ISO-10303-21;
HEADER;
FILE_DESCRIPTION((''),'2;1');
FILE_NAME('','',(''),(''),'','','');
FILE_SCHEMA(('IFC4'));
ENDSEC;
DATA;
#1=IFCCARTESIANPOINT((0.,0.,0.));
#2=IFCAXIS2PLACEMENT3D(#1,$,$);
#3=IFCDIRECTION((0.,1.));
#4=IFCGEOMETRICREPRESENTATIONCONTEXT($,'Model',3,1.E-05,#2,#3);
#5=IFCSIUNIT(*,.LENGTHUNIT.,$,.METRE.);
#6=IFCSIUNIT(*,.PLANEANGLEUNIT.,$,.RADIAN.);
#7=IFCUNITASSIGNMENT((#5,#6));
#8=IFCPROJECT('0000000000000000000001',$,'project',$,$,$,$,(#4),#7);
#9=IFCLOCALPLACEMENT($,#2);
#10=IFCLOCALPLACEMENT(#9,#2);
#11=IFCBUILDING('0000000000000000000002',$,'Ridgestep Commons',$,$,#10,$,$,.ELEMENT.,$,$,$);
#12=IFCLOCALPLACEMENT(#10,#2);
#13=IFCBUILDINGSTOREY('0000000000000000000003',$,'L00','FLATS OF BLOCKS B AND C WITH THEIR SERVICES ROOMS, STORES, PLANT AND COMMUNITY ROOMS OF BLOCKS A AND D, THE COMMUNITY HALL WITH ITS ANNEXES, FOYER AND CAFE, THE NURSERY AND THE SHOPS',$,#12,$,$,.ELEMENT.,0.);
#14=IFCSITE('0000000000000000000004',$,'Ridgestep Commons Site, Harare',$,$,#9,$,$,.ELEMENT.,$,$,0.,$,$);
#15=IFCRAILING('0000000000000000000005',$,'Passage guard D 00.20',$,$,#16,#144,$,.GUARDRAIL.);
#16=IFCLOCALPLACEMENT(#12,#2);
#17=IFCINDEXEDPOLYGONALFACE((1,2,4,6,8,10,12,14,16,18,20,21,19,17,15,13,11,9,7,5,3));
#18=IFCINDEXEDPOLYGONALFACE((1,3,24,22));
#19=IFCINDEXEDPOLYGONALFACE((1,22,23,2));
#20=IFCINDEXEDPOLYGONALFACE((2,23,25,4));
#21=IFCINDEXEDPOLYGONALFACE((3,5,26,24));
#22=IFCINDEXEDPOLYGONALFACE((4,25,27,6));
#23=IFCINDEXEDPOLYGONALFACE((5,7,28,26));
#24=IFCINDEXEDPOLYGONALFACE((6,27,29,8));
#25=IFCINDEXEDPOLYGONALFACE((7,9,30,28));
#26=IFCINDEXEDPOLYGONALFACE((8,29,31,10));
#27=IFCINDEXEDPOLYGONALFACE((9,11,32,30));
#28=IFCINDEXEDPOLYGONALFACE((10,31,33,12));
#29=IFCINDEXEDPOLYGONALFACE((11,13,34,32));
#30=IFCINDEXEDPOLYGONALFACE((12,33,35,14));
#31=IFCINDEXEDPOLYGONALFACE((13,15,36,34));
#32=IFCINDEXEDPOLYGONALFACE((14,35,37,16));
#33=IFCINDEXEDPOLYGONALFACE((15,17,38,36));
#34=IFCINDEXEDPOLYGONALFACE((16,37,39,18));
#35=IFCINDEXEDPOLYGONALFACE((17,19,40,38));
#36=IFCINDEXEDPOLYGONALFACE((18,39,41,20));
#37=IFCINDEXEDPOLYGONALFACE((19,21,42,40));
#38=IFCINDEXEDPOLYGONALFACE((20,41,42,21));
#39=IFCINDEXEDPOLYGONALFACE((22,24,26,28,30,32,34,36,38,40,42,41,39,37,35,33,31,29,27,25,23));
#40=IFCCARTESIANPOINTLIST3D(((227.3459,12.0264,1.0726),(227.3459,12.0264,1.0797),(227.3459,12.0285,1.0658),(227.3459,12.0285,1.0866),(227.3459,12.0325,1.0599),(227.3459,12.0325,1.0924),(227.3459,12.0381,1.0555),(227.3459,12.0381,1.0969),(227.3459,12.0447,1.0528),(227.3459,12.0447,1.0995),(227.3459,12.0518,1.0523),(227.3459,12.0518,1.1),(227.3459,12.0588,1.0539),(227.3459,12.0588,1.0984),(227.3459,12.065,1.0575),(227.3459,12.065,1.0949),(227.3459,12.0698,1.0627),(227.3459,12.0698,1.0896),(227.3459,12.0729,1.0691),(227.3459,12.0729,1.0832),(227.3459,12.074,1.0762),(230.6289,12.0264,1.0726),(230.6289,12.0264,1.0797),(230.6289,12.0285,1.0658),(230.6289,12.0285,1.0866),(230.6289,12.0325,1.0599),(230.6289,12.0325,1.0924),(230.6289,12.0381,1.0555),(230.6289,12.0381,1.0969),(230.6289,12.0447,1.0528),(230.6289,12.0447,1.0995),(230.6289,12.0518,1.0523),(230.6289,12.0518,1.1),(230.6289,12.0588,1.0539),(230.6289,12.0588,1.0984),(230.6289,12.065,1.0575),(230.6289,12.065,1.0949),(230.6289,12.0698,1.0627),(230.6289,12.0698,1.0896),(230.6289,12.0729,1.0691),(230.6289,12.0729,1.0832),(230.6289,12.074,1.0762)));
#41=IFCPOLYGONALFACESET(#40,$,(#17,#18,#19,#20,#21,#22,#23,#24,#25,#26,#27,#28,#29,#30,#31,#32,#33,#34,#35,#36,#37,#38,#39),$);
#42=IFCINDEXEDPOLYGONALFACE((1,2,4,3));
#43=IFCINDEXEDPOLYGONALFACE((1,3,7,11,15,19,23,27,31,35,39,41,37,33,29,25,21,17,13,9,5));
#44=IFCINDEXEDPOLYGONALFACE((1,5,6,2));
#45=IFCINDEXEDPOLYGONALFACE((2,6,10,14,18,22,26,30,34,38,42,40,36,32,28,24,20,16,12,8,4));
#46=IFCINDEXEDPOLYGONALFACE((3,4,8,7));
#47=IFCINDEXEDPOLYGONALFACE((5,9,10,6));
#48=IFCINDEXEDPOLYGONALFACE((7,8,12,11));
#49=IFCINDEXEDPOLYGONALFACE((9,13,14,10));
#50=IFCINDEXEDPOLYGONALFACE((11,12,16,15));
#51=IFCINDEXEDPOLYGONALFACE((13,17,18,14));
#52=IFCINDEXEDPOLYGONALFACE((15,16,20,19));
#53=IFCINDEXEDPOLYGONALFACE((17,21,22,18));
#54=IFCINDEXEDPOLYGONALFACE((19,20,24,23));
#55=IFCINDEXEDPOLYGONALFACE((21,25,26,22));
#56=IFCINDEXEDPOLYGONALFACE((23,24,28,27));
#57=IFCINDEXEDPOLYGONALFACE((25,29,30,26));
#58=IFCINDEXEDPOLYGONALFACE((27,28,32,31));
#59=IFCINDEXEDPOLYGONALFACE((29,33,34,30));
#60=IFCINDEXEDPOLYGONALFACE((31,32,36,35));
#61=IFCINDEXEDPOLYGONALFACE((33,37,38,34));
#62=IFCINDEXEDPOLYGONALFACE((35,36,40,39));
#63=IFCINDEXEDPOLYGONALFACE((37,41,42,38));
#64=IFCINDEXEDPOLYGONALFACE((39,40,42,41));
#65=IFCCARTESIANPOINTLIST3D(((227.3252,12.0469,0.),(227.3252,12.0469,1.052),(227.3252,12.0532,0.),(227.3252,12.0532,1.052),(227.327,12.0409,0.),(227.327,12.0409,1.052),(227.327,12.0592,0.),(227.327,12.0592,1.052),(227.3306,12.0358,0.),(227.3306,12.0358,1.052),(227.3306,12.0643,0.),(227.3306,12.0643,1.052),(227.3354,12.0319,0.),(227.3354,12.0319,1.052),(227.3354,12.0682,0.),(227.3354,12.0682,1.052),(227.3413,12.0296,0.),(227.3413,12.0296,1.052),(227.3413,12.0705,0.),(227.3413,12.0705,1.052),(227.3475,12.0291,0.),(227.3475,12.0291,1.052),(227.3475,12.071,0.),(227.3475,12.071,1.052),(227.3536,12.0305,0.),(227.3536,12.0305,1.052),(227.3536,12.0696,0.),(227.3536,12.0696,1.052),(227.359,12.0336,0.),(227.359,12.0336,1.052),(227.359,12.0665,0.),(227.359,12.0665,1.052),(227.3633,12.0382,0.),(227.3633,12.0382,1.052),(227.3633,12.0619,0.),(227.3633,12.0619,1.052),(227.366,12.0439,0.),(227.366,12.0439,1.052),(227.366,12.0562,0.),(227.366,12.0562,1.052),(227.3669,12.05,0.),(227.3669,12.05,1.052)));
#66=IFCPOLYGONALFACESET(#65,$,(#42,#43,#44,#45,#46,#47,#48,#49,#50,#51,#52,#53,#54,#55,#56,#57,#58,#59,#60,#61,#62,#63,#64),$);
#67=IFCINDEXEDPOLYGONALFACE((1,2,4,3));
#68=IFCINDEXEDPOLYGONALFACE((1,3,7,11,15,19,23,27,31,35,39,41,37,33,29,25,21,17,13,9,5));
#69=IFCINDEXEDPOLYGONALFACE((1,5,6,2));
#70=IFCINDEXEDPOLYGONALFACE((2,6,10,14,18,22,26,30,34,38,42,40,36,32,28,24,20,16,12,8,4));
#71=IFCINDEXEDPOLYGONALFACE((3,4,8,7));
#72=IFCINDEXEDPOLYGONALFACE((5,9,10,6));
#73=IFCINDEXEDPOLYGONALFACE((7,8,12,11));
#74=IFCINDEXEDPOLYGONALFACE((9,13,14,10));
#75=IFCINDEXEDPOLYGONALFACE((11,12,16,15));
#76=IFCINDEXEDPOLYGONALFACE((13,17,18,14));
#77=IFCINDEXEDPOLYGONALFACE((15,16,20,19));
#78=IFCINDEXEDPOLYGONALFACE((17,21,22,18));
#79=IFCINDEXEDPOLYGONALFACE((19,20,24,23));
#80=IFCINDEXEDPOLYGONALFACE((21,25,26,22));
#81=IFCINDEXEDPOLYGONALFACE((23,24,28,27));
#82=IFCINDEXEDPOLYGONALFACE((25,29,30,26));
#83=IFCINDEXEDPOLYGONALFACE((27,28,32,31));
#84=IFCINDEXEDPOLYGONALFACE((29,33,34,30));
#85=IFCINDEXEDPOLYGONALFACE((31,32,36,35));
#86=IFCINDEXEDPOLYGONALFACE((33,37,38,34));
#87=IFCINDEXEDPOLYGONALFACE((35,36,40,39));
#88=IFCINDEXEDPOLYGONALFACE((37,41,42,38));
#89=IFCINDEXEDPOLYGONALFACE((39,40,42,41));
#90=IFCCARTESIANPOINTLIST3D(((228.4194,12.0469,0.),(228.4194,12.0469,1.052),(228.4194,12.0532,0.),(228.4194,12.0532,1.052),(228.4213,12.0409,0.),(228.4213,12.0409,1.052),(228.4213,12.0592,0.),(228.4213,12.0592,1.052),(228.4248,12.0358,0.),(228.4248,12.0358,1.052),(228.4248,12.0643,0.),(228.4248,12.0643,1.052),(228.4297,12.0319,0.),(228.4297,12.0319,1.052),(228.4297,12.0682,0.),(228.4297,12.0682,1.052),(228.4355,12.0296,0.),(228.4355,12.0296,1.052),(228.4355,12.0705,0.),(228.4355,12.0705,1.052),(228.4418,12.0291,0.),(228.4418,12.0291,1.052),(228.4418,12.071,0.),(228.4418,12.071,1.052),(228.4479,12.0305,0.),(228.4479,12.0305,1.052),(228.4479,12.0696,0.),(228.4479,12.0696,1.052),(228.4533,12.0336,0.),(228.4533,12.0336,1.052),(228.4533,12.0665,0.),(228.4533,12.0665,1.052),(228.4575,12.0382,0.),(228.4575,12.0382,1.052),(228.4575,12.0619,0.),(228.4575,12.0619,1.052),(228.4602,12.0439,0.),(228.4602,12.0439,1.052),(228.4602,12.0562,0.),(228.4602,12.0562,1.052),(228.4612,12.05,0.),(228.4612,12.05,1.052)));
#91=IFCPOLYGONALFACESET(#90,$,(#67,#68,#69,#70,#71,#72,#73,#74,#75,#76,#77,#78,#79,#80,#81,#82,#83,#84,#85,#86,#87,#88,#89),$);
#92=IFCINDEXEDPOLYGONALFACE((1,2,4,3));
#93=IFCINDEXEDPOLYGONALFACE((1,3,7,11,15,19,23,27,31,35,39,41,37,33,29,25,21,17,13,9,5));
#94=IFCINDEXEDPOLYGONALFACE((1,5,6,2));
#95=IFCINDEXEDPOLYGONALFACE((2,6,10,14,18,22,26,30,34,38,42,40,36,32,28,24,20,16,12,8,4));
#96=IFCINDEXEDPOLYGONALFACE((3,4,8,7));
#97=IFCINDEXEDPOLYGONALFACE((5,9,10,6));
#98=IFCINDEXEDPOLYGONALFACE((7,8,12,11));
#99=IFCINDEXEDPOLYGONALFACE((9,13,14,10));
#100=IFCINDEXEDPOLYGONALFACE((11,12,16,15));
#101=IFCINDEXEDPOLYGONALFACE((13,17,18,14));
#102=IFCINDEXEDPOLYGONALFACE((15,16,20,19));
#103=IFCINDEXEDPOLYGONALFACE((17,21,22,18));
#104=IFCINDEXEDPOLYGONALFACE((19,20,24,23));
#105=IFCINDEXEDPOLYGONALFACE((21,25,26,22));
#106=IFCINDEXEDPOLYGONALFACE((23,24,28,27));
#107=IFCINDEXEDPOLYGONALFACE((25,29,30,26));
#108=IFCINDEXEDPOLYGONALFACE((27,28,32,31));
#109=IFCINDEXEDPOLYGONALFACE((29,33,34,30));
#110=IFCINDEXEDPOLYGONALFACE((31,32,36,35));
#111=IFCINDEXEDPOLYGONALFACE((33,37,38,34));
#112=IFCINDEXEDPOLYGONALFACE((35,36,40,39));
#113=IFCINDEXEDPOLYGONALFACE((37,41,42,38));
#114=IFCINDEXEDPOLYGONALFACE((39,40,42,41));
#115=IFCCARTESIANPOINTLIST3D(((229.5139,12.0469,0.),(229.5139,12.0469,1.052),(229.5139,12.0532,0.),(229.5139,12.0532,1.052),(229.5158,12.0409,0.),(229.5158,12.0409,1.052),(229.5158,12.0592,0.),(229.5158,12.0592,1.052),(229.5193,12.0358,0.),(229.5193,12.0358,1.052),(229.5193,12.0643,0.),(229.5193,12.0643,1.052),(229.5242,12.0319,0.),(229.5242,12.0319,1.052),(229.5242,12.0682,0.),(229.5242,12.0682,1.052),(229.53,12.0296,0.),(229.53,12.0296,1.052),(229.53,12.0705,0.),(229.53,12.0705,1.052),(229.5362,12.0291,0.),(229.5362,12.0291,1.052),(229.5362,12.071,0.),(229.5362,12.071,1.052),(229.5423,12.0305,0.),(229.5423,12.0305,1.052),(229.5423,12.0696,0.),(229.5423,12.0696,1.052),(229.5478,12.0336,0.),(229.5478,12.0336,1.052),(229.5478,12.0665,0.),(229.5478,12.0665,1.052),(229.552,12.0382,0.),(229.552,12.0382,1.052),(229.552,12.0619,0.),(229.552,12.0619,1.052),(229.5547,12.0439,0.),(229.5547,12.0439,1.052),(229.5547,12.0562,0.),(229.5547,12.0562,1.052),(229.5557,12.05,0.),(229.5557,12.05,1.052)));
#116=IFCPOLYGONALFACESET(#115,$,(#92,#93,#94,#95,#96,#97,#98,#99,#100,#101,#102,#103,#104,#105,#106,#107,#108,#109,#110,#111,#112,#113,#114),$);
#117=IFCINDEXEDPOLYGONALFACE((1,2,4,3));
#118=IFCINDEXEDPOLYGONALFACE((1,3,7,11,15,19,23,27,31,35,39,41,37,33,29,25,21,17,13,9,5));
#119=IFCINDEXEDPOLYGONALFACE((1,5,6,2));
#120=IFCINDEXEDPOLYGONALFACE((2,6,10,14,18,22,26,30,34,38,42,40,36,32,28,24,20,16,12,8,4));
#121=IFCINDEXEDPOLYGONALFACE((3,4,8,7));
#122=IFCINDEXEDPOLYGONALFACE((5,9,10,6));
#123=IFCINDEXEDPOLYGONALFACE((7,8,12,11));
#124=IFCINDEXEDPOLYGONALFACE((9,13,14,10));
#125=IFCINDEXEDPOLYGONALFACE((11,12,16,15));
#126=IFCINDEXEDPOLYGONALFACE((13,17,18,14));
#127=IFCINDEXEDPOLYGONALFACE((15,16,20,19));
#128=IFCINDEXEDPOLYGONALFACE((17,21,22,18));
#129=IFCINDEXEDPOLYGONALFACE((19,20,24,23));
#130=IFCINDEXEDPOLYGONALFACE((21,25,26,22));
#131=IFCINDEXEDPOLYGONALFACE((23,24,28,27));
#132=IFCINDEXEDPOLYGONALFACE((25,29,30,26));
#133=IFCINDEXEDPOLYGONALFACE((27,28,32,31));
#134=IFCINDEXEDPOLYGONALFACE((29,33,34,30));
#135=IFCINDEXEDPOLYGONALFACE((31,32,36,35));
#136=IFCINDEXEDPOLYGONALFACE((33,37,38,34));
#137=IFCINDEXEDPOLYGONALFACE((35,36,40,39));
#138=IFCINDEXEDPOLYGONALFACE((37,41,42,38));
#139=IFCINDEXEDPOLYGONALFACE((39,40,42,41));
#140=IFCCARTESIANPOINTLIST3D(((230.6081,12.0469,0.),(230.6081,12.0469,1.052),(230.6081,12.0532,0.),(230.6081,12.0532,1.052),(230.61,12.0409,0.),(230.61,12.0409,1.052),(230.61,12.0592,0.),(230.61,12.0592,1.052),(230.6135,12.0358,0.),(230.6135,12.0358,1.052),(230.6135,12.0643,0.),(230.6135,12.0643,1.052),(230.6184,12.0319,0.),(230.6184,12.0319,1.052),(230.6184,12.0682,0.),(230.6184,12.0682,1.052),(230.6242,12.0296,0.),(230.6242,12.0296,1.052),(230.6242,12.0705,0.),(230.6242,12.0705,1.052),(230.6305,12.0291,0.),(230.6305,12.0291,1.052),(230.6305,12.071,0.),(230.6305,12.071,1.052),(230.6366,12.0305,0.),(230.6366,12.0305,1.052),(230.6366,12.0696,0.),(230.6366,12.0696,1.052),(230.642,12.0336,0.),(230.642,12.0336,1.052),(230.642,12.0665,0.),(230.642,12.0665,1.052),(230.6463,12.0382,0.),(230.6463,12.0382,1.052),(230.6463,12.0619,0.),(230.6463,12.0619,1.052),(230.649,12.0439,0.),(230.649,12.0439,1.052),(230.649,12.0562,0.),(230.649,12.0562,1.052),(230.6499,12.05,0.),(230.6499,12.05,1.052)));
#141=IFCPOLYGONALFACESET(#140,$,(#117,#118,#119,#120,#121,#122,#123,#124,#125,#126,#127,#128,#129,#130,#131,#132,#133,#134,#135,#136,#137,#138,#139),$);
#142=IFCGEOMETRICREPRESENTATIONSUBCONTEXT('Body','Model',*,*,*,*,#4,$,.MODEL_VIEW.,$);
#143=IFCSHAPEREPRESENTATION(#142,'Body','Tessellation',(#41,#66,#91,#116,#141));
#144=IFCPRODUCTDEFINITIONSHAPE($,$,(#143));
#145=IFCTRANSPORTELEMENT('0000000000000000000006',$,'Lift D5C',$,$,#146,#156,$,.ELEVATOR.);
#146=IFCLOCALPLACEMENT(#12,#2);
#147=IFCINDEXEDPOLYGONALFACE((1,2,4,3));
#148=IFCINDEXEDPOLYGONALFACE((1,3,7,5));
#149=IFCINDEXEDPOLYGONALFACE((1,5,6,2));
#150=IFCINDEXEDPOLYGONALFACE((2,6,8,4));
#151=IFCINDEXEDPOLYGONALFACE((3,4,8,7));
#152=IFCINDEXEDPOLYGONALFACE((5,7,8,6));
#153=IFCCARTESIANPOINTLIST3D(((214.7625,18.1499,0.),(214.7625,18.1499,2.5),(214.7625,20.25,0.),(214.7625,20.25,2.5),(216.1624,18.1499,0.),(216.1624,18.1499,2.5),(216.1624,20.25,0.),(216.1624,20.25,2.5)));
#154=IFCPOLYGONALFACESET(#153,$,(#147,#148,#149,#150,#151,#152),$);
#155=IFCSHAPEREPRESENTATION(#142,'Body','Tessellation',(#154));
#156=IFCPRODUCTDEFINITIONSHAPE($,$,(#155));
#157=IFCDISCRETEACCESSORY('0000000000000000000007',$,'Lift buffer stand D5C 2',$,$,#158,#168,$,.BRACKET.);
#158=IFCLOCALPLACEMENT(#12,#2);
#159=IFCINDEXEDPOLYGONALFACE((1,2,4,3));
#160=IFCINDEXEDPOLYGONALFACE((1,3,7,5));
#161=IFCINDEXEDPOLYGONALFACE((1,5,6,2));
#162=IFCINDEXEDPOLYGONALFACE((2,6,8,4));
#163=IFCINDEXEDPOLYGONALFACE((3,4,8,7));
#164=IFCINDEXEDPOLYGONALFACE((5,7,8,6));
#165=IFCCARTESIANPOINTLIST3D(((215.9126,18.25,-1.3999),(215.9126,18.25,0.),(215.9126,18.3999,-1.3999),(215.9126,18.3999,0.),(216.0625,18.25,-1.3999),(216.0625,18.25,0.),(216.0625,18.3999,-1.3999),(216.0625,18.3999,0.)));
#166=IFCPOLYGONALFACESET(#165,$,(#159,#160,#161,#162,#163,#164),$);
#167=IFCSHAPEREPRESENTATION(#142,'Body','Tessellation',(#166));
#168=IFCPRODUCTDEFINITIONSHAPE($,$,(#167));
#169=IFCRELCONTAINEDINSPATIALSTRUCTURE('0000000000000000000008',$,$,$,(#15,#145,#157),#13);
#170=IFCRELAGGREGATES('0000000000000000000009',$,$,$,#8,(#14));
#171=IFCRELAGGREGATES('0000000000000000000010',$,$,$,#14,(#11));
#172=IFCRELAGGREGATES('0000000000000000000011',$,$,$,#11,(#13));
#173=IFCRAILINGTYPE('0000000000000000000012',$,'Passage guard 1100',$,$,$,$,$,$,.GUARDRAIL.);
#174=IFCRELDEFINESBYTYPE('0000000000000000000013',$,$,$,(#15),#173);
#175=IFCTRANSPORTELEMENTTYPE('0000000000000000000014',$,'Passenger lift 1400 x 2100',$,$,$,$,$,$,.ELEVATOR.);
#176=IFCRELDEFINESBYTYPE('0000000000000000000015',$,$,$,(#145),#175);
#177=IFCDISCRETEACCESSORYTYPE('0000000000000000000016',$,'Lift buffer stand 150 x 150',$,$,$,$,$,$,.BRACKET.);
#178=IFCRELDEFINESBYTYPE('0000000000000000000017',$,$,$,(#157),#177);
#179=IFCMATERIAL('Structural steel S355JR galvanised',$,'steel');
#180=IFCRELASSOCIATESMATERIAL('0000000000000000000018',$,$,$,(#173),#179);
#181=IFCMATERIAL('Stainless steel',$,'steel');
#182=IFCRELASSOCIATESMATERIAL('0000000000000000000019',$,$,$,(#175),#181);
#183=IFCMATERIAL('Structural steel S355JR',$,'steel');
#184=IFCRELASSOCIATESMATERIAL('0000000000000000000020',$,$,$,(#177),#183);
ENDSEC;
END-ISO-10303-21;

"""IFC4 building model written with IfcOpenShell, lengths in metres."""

from ifc_helpers import new_model, si_unit, direction, frame, origin, origin_2d, place, context, subcontext, project, spatial, rectangle, circle, extrude, material, type_object, element, save


model = new_model("IFC4")

# Units and contexts
model_context = context("Model", 3, precision=1e-05, world=origin(), true_north=direction((0.0, 1.0)))
body_context = subcontext(model_context, "Body", "Model", "MODEL_VIEW")
ifc_project = project(units=[si_unit("LENGTHUNIT", "METRE"), si_unit("PLANEANGLEUNIT", "RADIAN")], contexts=[model_context])

# Site, building, storey
site_placement = place(None, origin())
site = spatial("IfcSite", under=ifc_project, at=site_placement, Name="Ridgestep Commons Site, Harare", CompositionType="ELEMENT", RefElevation=0.0)
building_placement = place(site_placement, origin())
building = spatial("IfcBuilding", under=site, at=building_placement, Name="Ridgestep Commons", CompositionType="ELEMENT")
storey_placement = place(building_placement, origin())
storey = spatial("IfcBuildingStorey", under=building, at=storey_placement, Name="L00", Description="FLATS OF BLOCKS B AND C WITH THEIR SERVICES ROOMS, STORES, PLANT AND COMMUNITY ROOMS OF BLOCKS A AND D, THE COMMUNITY HALL WITH ITS ANNEXES, FOYER AND CAFE, THE NURSERY AND THE SHOPS", CompositionType="ELEMENT", Elevation=0.0)

# Railing
ifc_material_1 = material(Name="Structural steel S355JR galvanised", Category="steel")
railing_type = type_object("IfcRailingType", Name="Passage guard 1100", PredefinedType="GUARDRAIL", material=ifc_material_1)
railing_1_placement = place(storey_placement, frame((227.3459, 12.05, 0.0)))
element("IfcRailing", 1, at=railing_1_placement, inside=storey, type_object=railing_type, Name="Passage guard D 00.20", PredefinedType="GUARDRAIL", context=body_context, shape_type="SweptSolid", body=[
    extrude(circle(Radius=0.0239, at=origin_2d()), frame((0.0, 0.0, 1.0762), z_axis=(1.0, 0.0, 0.0), x_axis=(0.0, 1.0, 0.0)), (0.0, 0.0, 1.0), 3.283),
    extrude(circle(Radius=0.021, at=origin_2d()), origin(), (0.0, 0.0, 1.0), 1.052),
    extrude(circle(Radius=0.021, at=origin_2d()), frame((1.0942, 0.0, 0.0)), (0.0, 0.0, 1.0), 1.052),
    extrude(circle(Radius=0.021, at=origin_2d()), frame((2.1887, 0.0, 0.0)), (0.0, 0.0, 1.0), 1.052),
    extrude(circle(Radius=0.021, at=origin_2d()), frame((3.283, 0.0, 0.0)), (0.0, 0.0, 1.0), 1.052),
])

# Transport element
ifc_material_2 = material(Name="Stainless steel", Category="steel")
transport_element_type = type_object("IfcTransportElementType", Name="Passenger lift 1400 x 2100", PredefinedType="ELEVATOR", material=ifc_material_2)
transport_element_placement = place(storey_placement, frame((215.4624, 19.2, 0.0), z_axis=(0.0, 0.0, 1.0), x_axis=(1.0, 0.0, 0.0)))
element("IfcTransportElement", 2, at=transport_element_placement, inside=storey, type_object=transport_element_type, Name="Lift D5C", PredefinedType="ELEVATOR", context=body_context, shape_type="SweptSolid", body=[
    extrude(rectangle(XDim=1.3999, YDim=2.1001, at=origin_2d()), origin(), (0.0, 0.0, 1.0), 2.5),
])

# Discrete accessory
ifc_material_3 = material(Name="Structural steel S355JR", Category="steel")
discrete_accessory_type = type_object("IfcDiscreteAccessoryType", Name="Lift buffer stand 150 x 150", PredefinedType="BRACKET", material=ifc_material_3)
discrete_accessory_placement = place(storey_placement, frame((215.9875, 18.325, -1.3999), z_axis=(0.0, 0.0, 1.0), x_axis=(1.0, 0.0, 0.0)))
element("IfcDiscreteAccessory", 3, at=discrete_accessory_placement, inside=storey, type_object=discrete_accessory_type, Name="Lift buffer stand D5C 2", PredefinedType="BRACKET", context=body_context, shape_type="SweptSolid", body=[
    extrude(rectangle(XDim=0.1499, YDim=0.1499, at=origin_2d()), origin(), (0.0, 0.0, 1.0), 1.3999),
])

save(model, "model.ifc")
